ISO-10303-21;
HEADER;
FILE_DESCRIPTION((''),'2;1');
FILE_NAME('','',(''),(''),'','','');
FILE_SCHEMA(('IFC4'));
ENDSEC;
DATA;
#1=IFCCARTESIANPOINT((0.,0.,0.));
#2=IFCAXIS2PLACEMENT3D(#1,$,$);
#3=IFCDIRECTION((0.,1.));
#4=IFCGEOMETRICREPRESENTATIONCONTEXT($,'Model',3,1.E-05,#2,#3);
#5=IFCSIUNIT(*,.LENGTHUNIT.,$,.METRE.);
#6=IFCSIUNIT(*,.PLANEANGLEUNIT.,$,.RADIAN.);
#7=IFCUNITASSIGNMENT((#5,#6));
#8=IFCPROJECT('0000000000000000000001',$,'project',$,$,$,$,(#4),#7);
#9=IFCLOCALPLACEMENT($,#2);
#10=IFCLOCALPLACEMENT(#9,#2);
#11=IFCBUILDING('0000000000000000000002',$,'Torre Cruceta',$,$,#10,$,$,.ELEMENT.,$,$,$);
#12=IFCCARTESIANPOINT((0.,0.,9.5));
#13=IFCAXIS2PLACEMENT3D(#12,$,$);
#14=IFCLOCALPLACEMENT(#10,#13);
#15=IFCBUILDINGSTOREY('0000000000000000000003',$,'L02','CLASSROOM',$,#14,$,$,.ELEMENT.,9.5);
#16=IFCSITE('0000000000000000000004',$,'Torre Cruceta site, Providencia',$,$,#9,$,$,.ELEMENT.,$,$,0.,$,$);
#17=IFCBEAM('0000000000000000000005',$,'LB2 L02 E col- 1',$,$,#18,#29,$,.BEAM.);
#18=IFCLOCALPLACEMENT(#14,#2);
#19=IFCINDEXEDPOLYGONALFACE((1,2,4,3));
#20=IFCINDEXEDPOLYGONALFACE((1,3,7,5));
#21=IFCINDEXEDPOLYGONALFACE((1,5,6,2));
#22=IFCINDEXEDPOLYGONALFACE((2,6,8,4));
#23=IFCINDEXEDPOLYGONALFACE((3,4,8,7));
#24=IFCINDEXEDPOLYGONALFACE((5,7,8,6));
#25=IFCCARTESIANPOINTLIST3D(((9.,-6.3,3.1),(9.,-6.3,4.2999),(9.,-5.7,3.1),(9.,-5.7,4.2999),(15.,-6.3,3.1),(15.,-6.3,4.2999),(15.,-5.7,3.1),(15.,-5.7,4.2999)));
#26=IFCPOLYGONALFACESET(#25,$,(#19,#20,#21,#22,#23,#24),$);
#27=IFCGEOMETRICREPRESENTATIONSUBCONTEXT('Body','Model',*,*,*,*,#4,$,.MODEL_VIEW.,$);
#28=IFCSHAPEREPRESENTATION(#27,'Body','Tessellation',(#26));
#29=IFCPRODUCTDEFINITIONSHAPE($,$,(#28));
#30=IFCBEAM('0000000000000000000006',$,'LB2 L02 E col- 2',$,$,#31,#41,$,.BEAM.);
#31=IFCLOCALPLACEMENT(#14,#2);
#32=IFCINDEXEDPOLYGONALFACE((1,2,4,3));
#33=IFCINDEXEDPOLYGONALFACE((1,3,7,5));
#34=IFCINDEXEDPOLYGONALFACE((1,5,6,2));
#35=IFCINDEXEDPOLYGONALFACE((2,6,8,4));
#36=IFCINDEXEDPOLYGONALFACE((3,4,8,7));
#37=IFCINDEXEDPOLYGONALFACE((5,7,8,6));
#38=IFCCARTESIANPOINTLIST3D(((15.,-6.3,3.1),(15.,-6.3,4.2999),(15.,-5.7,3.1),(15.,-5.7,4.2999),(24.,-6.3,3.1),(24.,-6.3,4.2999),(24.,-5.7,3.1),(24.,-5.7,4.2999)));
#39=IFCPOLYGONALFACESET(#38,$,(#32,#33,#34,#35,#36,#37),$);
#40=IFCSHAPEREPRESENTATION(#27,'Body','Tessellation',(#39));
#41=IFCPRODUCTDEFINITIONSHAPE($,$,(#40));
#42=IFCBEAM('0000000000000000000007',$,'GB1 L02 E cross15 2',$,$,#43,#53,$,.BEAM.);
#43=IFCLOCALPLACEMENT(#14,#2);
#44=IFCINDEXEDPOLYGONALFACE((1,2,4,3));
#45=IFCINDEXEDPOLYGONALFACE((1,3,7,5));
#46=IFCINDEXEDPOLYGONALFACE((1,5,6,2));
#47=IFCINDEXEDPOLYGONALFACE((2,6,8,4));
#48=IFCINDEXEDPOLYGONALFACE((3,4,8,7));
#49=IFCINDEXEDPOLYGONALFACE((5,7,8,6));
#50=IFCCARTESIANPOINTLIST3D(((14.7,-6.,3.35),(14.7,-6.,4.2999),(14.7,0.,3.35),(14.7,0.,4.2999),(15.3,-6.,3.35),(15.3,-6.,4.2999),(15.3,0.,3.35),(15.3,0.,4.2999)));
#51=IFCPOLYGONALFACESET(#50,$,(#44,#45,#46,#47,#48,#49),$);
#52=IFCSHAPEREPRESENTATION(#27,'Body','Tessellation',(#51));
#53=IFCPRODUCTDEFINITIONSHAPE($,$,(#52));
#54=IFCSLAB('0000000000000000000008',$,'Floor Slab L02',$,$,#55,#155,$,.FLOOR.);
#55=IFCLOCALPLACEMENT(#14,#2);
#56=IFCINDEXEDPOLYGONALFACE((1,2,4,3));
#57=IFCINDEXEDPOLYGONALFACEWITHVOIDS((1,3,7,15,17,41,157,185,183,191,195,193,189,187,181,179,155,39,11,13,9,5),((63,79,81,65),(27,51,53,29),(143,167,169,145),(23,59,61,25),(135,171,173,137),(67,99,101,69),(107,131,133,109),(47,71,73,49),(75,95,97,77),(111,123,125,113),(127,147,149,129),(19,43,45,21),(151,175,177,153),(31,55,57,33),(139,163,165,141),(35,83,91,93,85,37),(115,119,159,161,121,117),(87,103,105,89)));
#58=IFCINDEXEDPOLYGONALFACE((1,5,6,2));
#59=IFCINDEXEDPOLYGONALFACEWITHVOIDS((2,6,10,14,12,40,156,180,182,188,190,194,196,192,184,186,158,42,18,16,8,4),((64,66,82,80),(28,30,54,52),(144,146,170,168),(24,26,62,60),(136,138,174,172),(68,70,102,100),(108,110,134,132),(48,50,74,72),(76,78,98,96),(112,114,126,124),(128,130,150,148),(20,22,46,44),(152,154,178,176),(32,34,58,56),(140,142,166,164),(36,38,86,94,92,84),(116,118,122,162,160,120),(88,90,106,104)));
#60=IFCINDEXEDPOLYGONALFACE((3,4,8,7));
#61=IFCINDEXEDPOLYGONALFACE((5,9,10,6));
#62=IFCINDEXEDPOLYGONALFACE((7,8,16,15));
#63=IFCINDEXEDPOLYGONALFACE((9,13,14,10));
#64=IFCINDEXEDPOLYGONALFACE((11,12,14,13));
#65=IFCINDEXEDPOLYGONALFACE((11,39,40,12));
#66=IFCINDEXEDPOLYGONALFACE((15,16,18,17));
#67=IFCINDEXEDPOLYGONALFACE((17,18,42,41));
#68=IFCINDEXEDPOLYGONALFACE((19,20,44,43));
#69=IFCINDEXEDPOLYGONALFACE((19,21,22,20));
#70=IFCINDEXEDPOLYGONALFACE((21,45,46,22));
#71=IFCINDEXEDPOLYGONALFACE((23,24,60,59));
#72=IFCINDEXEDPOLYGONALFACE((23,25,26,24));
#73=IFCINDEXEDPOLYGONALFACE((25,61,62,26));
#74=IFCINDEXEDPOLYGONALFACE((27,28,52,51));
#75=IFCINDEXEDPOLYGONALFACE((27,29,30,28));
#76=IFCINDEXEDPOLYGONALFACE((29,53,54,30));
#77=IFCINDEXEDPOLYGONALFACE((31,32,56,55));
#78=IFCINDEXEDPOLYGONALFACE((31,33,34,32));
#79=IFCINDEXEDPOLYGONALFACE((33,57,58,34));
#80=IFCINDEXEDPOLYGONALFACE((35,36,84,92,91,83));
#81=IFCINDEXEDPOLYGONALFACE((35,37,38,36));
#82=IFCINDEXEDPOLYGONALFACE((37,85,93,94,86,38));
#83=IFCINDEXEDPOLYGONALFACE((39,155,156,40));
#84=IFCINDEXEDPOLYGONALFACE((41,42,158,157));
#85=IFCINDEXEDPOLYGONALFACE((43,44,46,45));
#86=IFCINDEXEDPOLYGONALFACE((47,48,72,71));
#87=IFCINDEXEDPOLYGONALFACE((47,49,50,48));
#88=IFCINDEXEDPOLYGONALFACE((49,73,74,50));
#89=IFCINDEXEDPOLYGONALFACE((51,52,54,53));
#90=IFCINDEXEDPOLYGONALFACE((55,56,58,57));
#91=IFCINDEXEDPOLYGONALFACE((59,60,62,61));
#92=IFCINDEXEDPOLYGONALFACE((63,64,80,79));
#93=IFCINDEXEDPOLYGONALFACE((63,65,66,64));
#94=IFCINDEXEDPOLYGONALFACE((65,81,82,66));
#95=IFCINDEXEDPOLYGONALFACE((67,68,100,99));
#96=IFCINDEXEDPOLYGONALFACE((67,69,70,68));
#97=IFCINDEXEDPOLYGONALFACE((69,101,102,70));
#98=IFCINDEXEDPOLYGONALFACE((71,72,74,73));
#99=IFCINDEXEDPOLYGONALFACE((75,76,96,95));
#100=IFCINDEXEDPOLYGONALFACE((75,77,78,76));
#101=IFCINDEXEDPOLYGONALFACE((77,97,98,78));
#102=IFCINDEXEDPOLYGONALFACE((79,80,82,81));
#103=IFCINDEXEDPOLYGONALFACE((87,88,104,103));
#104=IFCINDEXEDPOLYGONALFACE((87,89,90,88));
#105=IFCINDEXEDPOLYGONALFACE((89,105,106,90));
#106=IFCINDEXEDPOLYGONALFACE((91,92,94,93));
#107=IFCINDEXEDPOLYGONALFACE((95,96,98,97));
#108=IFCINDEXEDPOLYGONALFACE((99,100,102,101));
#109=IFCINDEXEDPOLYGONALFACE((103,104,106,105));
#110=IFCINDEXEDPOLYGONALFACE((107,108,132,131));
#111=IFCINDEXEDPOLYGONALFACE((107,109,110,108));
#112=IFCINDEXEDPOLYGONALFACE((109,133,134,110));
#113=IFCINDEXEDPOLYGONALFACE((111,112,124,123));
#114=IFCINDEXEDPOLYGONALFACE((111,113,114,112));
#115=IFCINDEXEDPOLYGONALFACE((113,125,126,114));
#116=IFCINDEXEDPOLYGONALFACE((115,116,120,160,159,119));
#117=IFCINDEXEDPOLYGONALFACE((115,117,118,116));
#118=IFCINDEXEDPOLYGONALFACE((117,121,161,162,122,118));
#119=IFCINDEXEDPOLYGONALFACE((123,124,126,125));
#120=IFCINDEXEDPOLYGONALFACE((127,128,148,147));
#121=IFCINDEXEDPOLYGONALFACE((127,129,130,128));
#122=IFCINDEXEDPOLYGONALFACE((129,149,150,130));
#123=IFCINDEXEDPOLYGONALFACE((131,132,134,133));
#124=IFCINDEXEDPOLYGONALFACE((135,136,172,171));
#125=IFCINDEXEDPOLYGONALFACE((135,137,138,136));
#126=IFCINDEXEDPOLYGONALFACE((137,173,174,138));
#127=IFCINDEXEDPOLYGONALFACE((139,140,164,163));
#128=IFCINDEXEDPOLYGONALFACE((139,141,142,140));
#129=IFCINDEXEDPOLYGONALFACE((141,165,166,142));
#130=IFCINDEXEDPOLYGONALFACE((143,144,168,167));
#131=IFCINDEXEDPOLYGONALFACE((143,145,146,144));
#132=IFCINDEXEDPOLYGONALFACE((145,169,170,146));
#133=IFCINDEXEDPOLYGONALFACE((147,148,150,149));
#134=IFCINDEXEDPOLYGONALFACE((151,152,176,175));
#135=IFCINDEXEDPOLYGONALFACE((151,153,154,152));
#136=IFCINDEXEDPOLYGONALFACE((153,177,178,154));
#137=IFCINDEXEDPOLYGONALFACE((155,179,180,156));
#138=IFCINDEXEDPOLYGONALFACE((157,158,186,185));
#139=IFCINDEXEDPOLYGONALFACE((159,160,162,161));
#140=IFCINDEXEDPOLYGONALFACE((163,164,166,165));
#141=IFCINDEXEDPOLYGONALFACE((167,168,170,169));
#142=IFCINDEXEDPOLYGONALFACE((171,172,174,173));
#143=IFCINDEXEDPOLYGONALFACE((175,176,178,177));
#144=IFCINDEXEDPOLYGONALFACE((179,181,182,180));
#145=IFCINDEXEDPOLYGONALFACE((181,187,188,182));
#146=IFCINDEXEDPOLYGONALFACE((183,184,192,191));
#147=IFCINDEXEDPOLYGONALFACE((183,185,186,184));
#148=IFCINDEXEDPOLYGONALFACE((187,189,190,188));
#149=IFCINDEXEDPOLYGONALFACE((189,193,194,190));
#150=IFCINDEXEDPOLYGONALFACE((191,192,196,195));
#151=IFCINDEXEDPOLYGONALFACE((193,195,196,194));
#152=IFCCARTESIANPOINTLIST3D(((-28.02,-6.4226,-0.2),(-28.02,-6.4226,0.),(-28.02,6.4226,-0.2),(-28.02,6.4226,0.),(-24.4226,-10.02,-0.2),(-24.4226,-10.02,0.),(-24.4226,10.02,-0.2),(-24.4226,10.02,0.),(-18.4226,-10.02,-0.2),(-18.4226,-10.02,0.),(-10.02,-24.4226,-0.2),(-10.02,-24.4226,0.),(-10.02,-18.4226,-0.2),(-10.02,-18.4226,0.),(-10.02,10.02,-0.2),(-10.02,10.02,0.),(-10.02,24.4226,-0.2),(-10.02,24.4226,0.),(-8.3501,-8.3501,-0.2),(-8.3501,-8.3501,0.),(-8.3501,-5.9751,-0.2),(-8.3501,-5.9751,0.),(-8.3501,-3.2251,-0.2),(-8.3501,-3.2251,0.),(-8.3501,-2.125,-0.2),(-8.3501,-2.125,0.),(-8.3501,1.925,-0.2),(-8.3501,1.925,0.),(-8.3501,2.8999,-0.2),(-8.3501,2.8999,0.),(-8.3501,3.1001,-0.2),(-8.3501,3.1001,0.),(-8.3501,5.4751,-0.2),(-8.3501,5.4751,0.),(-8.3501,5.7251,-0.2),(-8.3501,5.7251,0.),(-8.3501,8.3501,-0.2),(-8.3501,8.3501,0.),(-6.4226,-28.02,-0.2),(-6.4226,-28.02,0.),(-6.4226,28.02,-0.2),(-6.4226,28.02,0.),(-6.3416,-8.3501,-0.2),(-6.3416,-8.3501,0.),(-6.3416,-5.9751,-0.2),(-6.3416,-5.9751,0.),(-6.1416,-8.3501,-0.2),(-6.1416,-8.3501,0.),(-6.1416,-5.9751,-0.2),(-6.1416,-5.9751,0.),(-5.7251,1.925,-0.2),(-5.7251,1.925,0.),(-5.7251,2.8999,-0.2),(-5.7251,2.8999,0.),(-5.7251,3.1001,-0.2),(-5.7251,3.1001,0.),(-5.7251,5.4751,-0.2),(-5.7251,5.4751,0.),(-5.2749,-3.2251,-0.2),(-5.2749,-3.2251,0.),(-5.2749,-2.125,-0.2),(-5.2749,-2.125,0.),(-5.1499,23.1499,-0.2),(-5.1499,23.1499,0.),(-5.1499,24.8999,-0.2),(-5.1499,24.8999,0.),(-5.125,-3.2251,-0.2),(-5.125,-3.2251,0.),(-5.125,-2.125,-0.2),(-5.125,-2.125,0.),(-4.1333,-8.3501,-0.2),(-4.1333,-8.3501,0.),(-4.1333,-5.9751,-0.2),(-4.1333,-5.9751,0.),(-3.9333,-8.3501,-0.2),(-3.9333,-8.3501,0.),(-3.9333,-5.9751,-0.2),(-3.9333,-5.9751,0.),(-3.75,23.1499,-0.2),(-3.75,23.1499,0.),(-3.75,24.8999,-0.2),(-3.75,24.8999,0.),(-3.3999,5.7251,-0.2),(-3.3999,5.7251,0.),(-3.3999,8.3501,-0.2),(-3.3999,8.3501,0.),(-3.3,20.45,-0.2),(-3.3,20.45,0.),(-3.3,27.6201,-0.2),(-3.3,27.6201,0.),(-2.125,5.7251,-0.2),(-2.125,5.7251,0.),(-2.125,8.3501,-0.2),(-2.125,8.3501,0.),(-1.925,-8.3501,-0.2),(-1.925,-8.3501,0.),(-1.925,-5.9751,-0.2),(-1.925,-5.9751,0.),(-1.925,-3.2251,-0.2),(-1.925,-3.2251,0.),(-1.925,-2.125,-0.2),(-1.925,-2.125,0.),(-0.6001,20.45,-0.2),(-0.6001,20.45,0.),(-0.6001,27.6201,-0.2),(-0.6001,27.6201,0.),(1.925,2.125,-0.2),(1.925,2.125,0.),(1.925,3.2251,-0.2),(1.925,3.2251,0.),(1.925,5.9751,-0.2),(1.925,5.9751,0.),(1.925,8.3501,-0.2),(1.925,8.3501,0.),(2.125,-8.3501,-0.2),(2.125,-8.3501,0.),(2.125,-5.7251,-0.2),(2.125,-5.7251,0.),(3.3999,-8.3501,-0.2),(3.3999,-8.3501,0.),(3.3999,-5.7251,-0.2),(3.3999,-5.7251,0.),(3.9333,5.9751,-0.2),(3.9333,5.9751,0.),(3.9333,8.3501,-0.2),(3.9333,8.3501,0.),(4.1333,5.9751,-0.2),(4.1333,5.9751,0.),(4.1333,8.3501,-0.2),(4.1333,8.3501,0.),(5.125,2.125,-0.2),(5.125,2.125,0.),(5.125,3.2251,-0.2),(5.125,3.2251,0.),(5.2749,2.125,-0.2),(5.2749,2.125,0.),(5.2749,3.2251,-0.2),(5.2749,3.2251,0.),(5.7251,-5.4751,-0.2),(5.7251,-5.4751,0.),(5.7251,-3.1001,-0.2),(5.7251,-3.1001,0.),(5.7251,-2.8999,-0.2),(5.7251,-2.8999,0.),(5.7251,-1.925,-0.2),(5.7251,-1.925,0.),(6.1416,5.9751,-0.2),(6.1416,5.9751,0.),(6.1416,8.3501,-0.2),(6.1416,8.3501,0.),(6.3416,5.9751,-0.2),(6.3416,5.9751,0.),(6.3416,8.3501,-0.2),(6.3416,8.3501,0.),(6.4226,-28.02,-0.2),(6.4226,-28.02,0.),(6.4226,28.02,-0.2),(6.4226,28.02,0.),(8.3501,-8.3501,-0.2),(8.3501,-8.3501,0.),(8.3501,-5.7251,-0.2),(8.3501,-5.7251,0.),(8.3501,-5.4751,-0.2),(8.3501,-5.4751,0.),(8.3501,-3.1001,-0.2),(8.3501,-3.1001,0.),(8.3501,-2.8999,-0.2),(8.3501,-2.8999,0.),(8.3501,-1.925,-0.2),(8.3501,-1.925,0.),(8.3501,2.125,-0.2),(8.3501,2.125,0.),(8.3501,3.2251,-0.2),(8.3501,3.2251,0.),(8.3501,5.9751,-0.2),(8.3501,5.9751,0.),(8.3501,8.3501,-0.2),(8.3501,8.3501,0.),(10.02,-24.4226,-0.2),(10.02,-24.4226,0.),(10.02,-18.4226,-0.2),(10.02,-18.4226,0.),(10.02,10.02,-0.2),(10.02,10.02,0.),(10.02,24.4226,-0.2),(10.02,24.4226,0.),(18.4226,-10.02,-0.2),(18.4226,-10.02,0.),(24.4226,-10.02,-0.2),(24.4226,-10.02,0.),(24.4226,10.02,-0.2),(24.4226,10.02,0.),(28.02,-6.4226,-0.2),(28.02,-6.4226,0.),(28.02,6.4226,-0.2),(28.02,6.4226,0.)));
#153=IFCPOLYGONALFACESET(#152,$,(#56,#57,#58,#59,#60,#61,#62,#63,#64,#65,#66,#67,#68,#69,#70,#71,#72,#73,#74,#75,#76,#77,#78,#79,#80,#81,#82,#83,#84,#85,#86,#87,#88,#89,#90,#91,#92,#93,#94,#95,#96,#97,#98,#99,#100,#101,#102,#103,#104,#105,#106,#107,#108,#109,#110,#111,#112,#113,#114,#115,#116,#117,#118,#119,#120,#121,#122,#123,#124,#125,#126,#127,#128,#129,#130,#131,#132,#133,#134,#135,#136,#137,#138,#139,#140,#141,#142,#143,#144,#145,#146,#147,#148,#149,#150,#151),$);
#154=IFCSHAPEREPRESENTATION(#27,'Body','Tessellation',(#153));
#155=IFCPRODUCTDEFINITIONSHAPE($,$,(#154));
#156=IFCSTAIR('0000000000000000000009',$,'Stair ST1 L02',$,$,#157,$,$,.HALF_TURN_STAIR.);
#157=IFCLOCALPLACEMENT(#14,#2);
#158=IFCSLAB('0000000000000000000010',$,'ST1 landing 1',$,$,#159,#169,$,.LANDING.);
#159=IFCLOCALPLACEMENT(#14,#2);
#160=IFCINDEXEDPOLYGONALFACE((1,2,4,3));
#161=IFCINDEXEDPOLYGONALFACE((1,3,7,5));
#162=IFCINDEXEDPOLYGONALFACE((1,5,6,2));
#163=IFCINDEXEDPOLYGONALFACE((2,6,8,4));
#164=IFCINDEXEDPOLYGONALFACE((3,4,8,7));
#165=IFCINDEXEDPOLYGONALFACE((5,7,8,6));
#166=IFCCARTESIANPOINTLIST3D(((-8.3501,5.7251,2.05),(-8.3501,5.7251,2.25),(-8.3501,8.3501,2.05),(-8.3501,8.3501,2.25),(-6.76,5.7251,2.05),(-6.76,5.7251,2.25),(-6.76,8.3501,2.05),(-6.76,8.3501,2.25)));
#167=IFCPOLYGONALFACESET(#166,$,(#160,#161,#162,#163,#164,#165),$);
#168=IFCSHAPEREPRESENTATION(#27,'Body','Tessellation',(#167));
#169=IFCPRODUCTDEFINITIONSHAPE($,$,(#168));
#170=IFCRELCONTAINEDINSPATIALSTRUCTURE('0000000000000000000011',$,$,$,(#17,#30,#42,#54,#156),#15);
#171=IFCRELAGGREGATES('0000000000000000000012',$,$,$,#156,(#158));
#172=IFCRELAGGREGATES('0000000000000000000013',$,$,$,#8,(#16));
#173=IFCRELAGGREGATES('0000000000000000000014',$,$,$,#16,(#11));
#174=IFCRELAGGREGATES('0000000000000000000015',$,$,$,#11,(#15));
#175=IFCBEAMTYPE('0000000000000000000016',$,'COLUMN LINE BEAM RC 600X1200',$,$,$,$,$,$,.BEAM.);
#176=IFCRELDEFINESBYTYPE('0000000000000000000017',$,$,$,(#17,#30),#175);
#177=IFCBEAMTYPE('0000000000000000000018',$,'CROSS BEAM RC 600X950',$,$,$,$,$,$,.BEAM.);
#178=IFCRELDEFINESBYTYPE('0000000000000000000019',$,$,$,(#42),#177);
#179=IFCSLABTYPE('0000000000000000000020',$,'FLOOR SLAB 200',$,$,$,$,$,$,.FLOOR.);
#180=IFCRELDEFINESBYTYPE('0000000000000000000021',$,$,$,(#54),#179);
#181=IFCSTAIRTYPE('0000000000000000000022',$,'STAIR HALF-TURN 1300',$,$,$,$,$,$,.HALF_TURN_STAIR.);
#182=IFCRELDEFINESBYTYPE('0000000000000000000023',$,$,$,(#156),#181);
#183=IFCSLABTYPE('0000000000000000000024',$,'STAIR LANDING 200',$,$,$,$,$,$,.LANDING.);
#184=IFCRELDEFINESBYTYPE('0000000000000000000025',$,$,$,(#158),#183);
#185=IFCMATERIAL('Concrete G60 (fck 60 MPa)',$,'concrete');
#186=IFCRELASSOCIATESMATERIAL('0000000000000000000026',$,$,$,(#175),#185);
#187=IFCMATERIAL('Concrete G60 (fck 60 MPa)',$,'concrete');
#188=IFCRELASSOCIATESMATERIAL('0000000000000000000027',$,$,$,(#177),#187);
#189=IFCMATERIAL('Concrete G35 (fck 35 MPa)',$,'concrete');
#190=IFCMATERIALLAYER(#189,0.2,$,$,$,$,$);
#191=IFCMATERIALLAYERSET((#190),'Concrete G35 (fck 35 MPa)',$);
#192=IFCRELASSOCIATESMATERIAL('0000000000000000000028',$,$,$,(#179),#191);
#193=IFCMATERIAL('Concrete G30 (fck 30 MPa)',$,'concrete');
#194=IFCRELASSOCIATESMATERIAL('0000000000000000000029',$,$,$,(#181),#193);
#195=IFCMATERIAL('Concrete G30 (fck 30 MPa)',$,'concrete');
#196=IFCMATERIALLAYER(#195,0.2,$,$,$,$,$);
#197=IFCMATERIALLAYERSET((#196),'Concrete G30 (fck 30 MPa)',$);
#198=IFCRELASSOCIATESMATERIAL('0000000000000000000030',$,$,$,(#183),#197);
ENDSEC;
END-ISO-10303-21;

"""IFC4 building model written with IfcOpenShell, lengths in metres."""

from ifc_helpers import new_model, si_unit, direction, frame, origin, origin_2d, place, context, subcontext, project, spatial, polyline, rectangle, outline, extrude, material, layer, layer_set, material_profile, profile_set, type_object, element, aggregate, save


model = new_model("IFC4")

# Units and contexts
model_context = context("Model", 3, precision=1e-05, world=origin(), true_north=direction((0.0, 1.0)))
body_context = subcontext(model_context, "Body", "Model", "MODEL_VIEW")
ifc_project = project(units=[si_unit("LENGTHUNIT", "METRE"), si_unit("PLANEANGLEUNIT", "RADIAN")], contexts=[model_context])

# Site, building, storey
site_placement = place(None, origin())
site = spatial("IfcSite", under=ifc_project, at=site_placement, Name="Torre Cruceta site, Providencia", CompositionType="ELEMENT", RefElevation=0.0)
building_placement = place(site_placement, origin())
building = spatial("IfcBuilding", under=site, at=building_placement, Name="Torre Cruceta", CompositionType="ELEMENT")
storey_placement = place(building_placement, frame((0.0, 0.0, 9.5)))
storey = spatial("IfcBuildingStorey", under=building, at=storey_placement, Name="L02", Description="CLASSROOM", CompositionType="ELEMENT", Elevation=9.5)

# Beams
ifc_material_1 = material(Name="Concrete G60 (fck 60 MPa)", Category="concrete")
ifc_material_profile_1 = material_profile(ifc_material_1, rectangle(XDim=0.6001, YDim=1.2, at=origin_2d()), Name="RC 600X1200")
ifc_profile_set_1 = profile_set([ifc_material_profile_1], Name="Concrete G60 (fck 60 MPa)")
beam_type_1 = type_object("IfcBeamType", Name="COLUMN LINE BEAM RC 600X1200", PredefinedType="BEAM", material=ifc_profile_set_1)
beam_1_placement = place(storey_placement, frame((9.0, -6.0, 3.7), z_axis=(1.0, 0.0, 0.0), x_axis=(0.0, 1.0, 0.0)))
element("IfcBeam", 1, at=beam_1_placement, inside=storey, type_object=beam_type_1, Name="LB2 L02 E col- 1", PredefinedType="BEAM", context=body_context, shape_type="SweptSolid", body=[
    extrude(rectangle(XDim=0.6001, YDim=1.2, at=origin_2d()), origin(), (0.0, 0.0, 1.0), 6.0),
])
beam_2_placement = place(storey_placement, frame((15.0, -6.0, 3.7), z_axis=(1.0, 0.0, 0.0), x_axis=(0.0, 1.0, 0.0)))
element("IfcBeam", 2, at=beam_2_placement, inside=storey, type_object=beam_type_1, Name="LB2 L02 E col- 2", PredefinedType="BEAM", context=body_context, shape_type="SweptSolid", body=[
    extrude(rectangle(XDim=0.6001, YDim=1.2, at=origin_2d()), origin(), (0.0, 0.0, 1.0), 9.0),
])
ifc_material_2 = material(Name="Concrete G60 (fck 60 MPa)", Category="concrete")
ifc_material_profile_2 = material_profile(ifc_material_2, rectangle(XDim=0.6001, YDim=0.95, at=origin_2d()), Name="RC 600X950")
ifc_profile_set_2 = profile_set([ifc_material_profile_2], Name="Concrete G60 (fck 60 MPa)")
beam_type_2 = type_object("IfcBeamType", Name="CROSS BEAM RC 600X950", PredefinedType="BEAM", material=ifc_profile_set_2)
beam_3_placement = place(storey_placement, frame((15.0, -6.0, 3.825), z_axis=(0.0, 1.0, 0.0), x_axis=(-1.0, 0.0, 0.0)))
element("IfcBeam", 3, at=beam_3_placement, inside=storey, type_object=beam_type_2, Name="GB1 L02 E cross15 2", PredefinedType="BEAM", context=body_context, shape_type="SweptSolid", body=[
    extrude(rectangle(XDim=0.6001, YDim=0.95, at=origin_2d()), origin(), (0.0, 0.0, 1.0), 6.0),
])

# Slab
ifc_material_3 = material(Name="Concrete G35 (fck 35 MPa)", Category="concrete")
ifc_layer_1 = layer(ifc_material_3, 0.2)
ifc_layer_set_1 = layer_set([ifc_layer_1], Name="Concrete G35 (fck 35 MPa)")
slab_type_1 = type_object("IfcSlabType", Name="FLOOR SLAB 200", PredefinedType="FLOOR", material=ifc_layer_set_1)
slab_1_placement = place(storey_placement, frame((0.0, 0.0, -0.2)))
element("IfcSlab", 4, at=slab_1_placement, inside=storey, type_object=slab_type_1, Name="Floor Slab L02", PredefinedType="FLOOR", context=body_context, shape_type="SweptSolid", body=[
    extrude(outline(polyline([(18.4226, -10.02), (10.02, -18.4226), (10.02, -24.4226), (6.4226, -28.02), (-6.4226, -28.02), (-10.02, -24.4226), (-10.02, -18.4226), (-18.4226, -10.02), (-24.4226, -10.02), (-28.02, -6.4226), (-28.02, 6.4226), (-24.4226, 10.02), (-10.02, 10.02), (-10.02, 24.4226), (-6.4226, 28.02), (6.4226, 28.02), (10.02, 24.4226), (10.02, 10.02), (24.4226, 10.02), (28.02, 6.4226), (28.02, -6.4226), (24.4226, -10.02), (18.4226, -10.02)]), holes=[polyline([(1.925, 5.9751), (3.9333, 5.9751), (3.9333, 8.3501), (1.925, 8.3501), (1.925, 5.9751)]), polyline([(4.1333, 5.9751), (6.1416, 5.9751), (6.1416, 8.3501), (4.1333, 8.3501), (4.1333, 5.9751)]), polyline([(6.3416, 5.9751), (8.3501, 5.9751), (8.3501, 8.3501), (6.3416, 8.3501), (6.3416, 5.9751)]), polyline([(1.925, 2.125), (5.125, 2.125), (5.125, 3.2251), (1.925, 3.2251), (1.925, 2.125)]), polyline([(5.2749, 2.125), (8.3501, 2.125), (8.3501, 3.2251), (5.2749, 3.2251), (5.2749, 2.125)]), polyline([(-8.3501, 3.1001), (-5.7251, 3.1001), (-5.7251, 5.4751), (-8.3501, 5.4751), (-8.3501, 3.1001)]), polyline([(-8.3501, 1.925), (-5.7251, 1.925), (-5.7251, 2.8999), (-8.3501, 2.8999), (-8.3501, 1.925)]), polyline([(-3.9333, -8.3501), (-1.925, -8.3501), (-1.925, -5.9751), (-3.9333, -5.9751), (-3.9333, -8.3501)]), polyline([(-6.1416, -8.3501), (-4.1333, -8.3501), (-4.1333, -5.9751), (-6.1416, -5.9751), (-6.1416, -8.3501)]), polyline([(-8.3501, -8.3501), (-6.3416, -8.3501), (-6.3416, -5.9751), (-8.3501, -5.9751), (-8.3501, -8.3501)]), polyline([(-5.125, -3.2251), (-1.925, -3.2251), (-1.925, -2.125), (-5.125, -2.125), (-5.125, -3.2251)]), polyline([(-8.3501, -3.2251), (-5.2749, -3.2251), (-5.2749, -2.125), (-8.3501, -2.125), (-8.3501, -3.2251)]), polyline([(5.7251, -5.4751), (8.3501, -5.4751), (8.3501, -3.1001), (5.7251, -3.1001), (5.7251, -5.4751)]), polyline([(5.7251, -2.8999), (8.3501, -2.8999), (8.3501, -1.925), (5.7251, -1.925), (5.7251, -2.8999)]), polyline([(-8.3501, 5.7251), (-8.3501, 8.3501), (-3.3999, 8.3501), (-2.125, 8.3501), (-2.125, 5.7251), (-3.3999, 5.7251), (-8.3501, 5.7251)]), polyline([(2.125, -5.7251), (3.3999, -5.7251), (8.3501, -5.7251), (8.3501, -8.3501), (3.3999, -8.3501), (2.125, -8.3501), (2.125, -5.7251)]), polyline([(-0.6001, 20.45), (-0.6001, 27.6201), (-3.3, 27.6201), (-3.3, 20.45), (-0.6001, 20.45)]), polyline([(-3.75, 23.1499), (-3.75, 24.8999), (-5.1499, 24.8999), (-5.1499, 23.1499), (-3.75, 23.1499)])]), origin(), (0.0, 0.0, 1.0), 0.2),
])

# Stair, slab
ifc_material_4 = material(Name="Concrete G30 (fck 30 MPa)", Category="concrete")
stair_type = type_object("IfcStairType", Name="STAIR HALF-TURN 1300", PredefinedType="HALF_TURN_STAIR", material=ifc_material_4)
stair_1_placement = place(storey_placement, origin())
stair_1 = element("IfcStair", 5, at=stair_1_placement, inside=storey, type_object=stair_type, Name="Stair ST1 L02", PredefinedType="HALF_TURN_STAIR")
ifc_material_5 = material(Name="Concrete G30 (fck 30 MPa)", Category="concrete")
ifc_layer_2 = layer(ifc_material_5, 0.2)
ifc_layer_set_2 = layer_set([ifc_layer_2], Name="Concrete G30 (fck 30 MPa)")
slab_type_2 = type_object("IfcSlabType", Name="STAIR LANDING 200", PredefinedType="LANDING", material=ifc_layer_set_2)
slab_2_placement = place(storey_placement, frame((0.0, 0.0, 2.05)))
slab_2 = element("IfcSlab", 6, at=slab_2_placement, type_object=slab_type_2, Name="ST1 landing 1", PredefinedType="LANDING", context=body_context, shape_type="SweptSolid", body=[
    extrude(outline(polyline([(-8.3501, 5.7251), (-6.76, 5.7251), (-6.76, 8.3501), (-8.3501, 8.3501), (-8.3501, 5.7251)])), origin(), (0.0, 0.0, 1.0), 0.2),
])
aggregate(stair_1, [slab_2])

save(model, "model.ifc")
